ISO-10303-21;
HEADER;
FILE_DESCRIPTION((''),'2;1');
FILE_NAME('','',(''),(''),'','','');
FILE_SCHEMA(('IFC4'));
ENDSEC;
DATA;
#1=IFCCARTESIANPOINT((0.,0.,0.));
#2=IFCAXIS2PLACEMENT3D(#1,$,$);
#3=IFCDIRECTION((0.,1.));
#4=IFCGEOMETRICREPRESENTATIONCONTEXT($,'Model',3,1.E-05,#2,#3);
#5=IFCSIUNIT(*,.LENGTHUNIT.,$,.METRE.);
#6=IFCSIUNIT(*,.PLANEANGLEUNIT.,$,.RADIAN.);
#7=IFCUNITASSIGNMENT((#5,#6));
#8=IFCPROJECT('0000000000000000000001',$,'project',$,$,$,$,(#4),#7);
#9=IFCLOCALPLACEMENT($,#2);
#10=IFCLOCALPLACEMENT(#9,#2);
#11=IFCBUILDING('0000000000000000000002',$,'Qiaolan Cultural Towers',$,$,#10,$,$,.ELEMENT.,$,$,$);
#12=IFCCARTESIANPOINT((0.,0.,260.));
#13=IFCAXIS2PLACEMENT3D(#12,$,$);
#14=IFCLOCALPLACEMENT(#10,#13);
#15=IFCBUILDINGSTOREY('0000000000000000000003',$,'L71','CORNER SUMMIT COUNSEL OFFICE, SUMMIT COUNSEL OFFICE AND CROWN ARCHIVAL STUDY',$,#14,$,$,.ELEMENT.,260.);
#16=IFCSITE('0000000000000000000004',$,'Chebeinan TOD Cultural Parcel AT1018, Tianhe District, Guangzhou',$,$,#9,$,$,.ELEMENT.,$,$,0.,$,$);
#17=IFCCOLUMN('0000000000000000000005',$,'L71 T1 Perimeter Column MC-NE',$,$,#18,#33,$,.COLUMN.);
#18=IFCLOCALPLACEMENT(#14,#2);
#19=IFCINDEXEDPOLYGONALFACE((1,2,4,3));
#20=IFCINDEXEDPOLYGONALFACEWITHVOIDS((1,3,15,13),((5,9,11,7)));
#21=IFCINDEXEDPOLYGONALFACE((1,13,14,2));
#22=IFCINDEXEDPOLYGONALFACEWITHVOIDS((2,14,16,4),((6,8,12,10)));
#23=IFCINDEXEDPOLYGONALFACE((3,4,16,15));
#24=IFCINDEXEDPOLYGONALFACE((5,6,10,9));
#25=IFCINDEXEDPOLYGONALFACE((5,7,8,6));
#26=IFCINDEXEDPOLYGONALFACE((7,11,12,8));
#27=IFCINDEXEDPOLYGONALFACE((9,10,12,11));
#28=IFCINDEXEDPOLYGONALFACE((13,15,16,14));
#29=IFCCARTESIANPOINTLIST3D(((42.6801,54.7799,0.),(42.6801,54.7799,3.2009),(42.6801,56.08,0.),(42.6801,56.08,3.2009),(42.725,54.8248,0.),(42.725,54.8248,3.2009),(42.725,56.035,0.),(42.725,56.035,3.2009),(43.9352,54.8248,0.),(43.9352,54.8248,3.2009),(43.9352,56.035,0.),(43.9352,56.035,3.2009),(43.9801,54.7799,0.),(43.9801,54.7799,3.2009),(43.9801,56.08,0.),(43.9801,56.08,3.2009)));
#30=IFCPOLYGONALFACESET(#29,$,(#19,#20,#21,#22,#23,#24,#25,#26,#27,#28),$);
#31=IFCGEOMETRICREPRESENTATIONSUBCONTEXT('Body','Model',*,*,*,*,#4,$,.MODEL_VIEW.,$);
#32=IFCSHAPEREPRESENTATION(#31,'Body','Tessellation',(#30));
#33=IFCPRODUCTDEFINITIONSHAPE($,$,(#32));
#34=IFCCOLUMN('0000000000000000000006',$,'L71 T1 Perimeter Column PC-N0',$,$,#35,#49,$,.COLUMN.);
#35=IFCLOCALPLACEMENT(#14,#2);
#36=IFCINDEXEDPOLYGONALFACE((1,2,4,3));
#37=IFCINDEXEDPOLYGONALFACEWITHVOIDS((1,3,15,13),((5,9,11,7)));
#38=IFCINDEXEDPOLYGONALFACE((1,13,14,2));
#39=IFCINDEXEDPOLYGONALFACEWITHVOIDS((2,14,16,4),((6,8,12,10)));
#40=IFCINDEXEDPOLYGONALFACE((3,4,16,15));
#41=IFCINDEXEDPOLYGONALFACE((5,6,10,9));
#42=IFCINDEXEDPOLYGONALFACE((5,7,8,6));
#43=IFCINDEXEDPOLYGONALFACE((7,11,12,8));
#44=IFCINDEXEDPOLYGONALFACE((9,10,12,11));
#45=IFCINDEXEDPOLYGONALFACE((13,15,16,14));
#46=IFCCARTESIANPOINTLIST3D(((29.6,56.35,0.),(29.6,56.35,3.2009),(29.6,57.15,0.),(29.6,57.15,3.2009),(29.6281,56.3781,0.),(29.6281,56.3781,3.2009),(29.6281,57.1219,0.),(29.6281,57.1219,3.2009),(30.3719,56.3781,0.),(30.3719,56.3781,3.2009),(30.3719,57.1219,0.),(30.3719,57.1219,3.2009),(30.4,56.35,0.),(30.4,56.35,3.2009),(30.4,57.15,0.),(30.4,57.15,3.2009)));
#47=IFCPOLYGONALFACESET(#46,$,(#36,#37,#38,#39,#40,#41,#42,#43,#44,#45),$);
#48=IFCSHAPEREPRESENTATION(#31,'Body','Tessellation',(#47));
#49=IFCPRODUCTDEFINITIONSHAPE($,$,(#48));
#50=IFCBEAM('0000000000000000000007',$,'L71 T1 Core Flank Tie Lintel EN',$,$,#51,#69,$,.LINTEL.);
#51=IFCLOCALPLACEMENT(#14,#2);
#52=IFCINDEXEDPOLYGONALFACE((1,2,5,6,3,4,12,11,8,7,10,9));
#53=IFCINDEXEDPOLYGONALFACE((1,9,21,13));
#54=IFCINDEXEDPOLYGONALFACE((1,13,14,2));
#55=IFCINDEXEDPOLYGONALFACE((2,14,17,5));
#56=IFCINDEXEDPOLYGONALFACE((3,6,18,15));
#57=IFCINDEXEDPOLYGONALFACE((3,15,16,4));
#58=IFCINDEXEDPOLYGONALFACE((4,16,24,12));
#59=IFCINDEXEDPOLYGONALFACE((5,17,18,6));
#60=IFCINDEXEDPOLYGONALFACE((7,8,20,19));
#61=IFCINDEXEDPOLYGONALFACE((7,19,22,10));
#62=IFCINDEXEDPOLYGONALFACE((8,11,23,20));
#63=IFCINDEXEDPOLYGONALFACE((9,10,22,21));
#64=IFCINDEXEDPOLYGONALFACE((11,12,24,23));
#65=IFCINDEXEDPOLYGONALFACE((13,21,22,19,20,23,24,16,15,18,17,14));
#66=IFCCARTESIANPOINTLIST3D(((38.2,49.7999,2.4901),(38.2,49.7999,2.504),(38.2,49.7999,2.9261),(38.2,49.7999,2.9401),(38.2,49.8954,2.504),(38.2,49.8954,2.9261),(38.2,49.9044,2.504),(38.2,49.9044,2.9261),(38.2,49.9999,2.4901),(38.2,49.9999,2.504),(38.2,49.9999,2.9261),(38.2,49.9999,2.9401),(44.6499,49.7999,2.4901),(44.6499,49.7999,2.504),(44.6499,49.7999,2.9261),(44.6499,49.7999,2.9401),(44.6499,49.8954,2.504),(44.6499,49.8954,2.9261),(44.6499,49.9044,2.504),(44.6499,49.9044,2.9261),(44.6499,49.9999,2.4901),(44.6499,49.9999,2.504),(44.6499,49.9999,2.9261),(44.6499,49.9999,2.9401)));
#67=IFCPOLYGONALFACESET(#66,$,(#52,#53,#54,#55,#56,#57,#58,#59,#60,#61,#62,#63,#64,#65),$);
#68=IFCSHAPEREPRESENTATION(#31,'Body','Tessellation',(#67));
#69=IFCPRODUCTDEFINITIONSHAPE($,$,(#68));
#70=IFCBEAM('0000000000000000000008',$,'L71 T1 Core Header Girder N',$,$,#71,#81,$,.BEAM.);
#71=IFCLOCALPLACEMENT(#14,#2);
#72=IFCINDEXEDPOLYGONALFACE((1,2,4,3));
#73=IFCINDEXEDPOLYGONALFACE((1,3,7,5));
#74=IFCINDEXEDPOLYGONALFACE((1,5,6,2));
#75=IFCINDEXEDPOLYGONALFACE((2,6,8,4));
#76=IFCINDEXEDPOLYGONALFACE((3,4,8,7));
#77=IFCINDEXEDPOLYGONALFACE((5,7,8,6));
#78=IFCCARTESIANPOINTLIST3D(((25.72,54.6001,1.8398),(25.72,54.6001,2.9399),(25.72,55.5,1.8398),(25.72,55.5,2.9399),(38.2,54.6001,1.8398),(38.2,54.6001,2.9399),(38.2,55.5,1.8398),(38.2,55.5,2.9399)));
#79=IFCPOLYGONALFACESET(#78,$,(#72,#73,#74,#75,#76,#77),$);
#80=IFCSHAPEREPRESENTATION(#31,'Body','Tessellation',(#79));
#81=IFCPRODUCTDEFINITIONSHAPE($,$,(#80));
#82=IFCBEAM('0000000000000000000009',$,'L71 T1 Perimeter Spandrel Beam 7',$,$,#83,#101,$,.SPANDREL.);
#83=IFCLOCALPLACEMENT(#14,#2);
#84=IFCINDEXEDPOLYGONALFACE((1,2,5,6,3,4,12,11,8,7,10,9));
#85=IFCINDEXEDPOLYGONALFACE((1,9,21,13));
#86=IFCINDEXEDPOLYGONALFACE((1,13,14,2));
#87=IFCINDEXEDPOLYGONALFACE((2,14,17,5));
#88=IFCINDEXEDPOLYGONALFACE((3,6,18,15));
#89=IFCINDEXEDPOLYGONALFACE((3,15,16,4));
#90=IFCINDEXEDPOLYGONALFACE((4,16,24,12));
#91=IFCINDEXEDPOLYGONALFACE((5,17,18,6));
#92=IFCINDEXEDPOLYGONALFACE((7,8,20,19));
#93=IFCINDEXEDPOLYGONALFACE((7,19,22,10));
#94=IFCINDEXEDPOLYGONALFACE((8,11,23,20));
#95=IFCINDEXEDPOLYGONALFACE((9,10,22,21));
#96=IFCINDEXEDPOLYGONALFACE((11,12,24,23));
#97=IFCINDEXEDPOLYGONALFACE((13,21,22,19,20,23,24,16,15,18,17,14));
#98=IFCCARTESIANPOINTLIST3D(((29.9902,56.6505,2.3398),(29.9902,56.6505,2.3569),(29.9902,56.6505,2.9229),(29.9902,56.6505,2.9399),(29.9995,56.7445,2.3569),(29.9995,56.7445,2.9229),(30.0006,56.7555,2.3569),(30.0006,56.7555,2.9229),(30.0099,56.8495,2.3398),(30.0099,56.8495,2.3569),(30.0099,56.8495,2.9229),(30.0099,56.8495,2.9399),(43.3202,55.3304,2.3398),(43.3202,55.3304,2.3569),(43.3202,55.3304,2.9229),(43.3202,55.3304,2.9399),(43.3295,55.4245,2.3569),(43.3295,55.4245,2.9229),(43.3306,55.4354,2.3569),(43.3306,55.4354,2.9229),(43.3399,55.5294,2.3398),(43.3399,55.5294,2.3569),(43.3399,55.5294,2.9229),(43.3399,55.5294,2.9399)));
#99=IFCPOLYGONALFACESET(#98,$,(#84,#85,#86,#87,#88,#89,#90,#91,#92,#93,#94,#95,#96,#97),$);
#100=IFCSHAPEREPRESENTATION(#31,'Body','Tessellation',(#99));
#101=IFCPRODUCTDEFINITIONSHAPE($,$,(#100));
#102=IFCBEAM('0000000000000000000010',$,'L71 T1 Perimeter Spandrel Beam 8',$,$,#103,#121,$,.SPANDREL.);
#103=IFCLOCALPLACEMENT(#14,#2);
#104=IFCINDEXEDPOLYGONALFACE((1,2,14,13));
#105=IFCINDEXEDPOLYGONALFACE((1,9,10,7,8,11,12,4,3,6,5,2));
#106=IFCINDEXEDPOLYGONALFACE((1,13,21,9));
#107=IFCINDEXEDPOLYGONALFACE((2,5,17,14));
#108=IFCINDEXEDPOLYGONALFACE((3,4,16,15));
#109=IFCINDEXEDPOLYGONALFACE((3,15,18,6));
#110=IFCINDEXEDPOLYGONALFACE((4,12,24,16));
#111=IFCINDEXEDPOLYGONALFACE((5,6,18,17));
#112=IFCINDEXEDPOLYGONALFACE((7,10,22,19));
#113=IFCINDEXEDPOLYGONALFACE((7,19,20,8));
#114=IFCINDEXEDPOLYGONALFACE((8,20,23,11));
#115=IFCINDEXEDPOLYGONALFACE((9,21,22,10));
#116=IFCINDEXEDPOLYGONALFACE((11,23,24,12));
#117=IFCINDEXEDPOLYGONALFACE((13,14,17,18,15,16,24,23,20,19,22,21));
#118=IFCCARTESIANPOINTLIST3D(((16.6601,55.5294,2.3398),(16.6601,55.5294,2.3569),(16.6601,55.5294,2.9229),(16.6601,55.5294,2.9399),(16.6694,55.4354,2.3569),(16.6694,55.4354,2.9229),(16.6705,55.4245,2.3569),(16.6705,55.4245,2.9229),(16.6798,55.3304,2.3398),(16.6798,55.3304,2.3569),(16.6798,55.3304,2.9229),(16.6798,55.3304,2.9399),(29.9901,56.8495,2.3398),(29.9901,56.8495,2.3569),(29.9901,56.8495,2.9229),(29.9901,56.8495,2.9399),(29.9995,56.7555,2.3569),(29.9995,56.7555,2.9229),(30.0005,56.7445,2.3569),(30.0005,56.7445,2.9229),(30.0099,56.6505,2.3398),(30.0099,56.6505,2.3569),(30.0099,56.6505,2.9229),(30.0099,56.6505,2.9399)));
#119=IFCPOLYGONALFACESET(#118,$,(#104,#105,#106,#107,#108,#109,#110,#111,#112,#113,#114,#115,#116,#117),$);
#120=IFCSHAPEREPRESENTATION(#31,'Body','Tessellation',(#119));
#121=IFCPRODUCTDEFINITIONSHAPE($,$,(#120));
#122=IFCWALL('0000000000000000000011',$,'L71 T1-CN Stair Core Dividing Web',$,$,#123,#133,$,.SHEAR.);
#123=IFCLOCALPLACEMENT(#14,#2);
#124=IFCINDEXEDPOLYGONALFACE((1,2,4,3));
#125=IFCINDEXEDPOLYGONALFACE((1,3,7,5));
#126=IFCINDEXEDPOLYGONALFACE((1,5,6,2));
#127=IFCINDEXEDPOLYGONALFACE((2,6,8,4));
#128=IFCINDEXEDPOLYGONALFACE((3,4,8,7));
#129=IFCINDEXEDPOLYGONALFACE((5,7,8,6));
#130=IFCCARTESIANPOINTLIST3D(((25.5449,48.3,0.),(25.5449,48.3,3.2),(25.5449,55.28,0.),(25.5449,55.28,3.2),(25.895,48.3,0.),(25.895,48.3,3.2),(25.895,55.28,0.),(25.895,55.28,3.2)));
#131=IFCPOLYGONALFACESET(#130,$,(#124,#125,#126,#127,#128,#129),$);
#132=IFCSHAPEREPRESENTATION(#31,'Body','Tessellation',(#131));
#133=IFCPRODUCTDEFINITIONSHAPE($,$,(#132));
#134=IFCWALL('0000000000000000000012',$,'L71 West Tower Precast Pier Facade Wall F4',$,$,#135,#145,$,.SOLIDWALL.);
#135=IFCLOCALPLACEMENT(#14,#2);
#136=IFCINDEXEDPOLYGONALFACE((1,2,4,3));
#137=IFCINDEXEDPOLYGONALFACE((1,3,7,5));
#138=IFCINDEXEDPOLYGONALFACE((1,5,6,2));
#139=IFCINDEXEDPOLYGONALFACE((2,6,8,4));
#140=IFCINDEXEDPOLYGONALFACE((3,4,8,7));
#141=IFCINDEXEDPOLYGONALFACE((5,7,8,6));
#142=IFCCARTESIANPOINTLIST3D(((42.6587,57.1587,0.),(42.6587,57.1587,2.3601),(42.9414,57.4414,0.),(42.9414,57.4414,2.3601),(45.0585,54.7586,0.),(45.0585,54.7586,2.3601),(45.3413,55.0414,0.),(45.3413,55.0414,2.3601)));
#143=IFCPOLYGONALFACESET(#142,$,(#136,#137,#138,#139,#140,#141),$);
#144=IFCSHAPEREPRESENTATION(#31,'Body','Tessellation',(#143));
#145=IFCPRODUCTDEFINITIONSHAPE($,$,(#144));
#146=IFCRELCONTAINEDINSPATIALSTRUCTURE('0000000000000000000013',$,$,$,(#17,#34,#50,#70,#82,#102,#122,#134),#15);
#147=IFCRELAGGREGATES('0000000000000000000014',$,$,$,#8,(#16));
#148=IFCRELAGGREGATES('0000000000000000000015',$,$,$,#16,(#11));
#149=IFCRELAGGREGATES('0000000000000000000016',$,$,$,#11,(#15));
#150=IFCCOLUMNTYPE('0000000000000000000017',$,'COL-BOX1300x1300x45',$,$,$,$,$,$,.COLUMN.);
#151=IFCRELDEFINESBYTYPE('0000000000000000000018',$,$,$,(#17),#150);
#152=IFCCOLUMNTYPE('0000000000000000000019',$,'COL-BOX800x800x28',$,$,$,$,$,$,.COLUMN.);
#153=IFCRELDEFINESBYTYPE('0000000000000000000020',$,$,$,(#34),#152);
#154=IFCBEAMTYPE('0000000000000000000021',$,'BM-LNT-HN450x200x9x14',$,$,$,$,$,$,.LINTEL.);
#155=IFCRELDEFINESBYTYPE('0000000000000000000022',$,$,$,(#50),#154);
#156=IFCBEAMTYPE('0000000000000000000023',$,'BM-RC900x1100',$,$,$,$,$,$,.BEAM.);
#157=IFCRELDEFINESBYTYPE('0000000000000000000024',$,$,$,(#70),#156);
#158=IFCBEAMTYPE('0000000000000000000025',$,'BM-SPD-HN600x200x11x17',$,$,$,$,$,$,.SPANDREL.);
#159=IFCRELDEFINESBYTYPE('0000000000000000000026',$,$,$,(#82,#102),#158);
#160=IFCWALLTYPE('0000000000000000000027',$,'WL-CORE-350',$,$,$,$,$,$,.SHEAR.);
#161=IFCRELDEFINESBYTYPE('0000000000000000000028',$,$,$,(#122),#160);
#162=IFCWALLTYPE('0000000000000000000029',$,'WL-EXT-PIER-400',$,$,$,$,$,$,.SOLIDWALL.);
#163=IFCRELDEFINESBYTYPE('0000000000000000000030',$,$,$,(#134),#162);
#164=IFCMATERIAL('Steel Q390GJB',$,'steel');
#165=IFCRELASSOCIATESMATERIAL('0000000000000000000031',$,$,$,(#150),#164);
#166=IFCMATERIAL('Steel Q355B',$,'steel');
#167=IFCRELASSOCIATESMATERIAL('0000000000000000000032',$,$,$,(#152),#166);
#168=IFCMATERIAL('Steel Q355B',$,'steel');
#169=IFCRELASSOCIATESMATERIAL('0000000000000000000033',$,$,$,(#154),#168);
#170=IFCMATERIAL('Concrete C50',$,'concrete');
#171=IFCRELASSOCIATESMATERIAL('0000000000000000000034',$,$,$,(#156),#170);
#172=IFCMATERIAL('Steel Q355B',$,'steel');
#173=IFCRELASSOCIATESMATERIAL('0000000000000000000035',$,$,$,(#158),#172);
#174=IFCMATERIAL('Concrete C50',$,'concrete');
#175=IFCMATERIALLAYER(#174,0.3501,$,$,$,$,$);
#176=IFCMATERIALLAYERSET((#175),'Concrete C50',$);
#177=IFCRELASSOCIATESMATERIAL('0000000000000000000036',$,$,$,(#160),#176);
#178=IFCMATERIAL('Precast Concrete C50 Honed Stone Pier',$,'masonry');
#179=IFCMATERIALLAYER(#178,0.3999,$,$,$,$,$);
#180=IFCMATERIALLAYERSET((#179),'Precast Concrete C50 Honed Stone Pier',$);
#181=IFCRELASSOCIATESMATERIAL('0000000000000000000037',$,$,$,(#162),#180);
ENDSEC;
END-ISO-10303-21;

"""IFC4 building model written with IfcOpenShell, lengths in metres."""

from ifc_helpers import new_model, si_unit, direction, frame, frame_2d, origin, origin_2d, place, context, subcontext, project, spatial, rectangle, hollow_rectangle, i_section, extrude, material, layer, layer_set, material_profile, profile_set, type_object, element, save


model = new_model("IFC4")

# Units and contexts
model_context = context("Model", 3, precision=1e-05, world=origin(), true_north=direction((0.0, 1.0)))
body_context = subcontext(model_context, "Body", "Model", "MODEL_VIEW")
ifc_project = project(units=[si_unit("LENGTHUNIT", "METRE"), si_unit("PLANEANGLEUNIT", "RADIAN")], contexts=[model_context])

# Site, building, storey
site_placement = place(None, origin())
site = spatial("IfcSite", under=ifc_project, at=site_placement, Name="Chebeinan TOD Cultural Parcel AT1018, Tianhe District, Guangzhou", CompositionType="ELEMENT", RefElevation=0.0)
building_placement = place(site_placement, origin())
building = spatial("IfcBuilding", under=site, at=building_placement, Name="Qiaolan Cultural Towers", CompositionType="ELEMENT")
storey_placement = place(building_placement, frame((0.0, 0.0, 260.0)))
storey = spatial("IfcBuildingStorey", under=building, at=storey_placement, Name="L71", Description="CORNER SUMMIT COUNSEL OFFICE, SUMMIT COUNSEL OFFICE AND CROWN ARCHIVAL STUDY", CompositionType="ELEMENT", Elevation=260.0)

# Columns
ifc_material_1 = material(Name="Steel Q390GJB", Category="steel")
ifc_material_profile_1 = material_profile(ifc_material_1, hollow_rectangle(XDim=1.3, YDim=1.3, WallThickness=0.0449, at=origin_2d()), Name="BOX1300x1300x45")
ifc_profile_set_1 = profile_set([ifc_material_profile_1], Name="Steel Q390GJB")
column_type_1 = type_object("IfcColumnType", Name="COL-BOX1300x1300x45", PredefinedType="COLUMN", material=ifc_profile_set_1)
column_1_placement = place(storey_placement, frame((43.3301, 55.4299, 0.0), z_axis=(0.0, 0.0, 1.0), x_axis=(1.0, 0.0, 0.0)))
element("IfcColumn", 1, at=column_1_placement, inside=storey, type_object=column_type_1, Name="L71 T1 Perimeter Column MC-NE", PredefinedType="COLUMN", context=body_context, shape_type="SweptSolid", body=[
    extrude(hollow_rectangle(XDim=1.3, YDim=1.3, WallThickness=0.0449, at=origin_2d()), origin(), (0.0, 0.0, 1.0), 3.2009),
])
ifc_material_2 = material(Name="Steel Q355B", Category="steel")
ifc_material_profile_2 = material_profile(ifc_material_2, hollow_rectangle(XDim=0.8, YDim=0.8, WallThickness=0.0281, at=origin_2d()), Name="BOX800x800x28")
ifc_profile_set_2 = profile_set([ifc_material_profile_2], Name="Steel Q355B")
column_type_2 = type_object("IfcColumnType", Name="COL-BOX800x800x28", PredefinedType="COLUMN", material=ifc_profile_set_2)
column_2_placement = place(storey_placement, frame((30.0, 56.75, 0.0), z_axis=(0.0, 0.0, 1.0), x_axis=(1.0, 0.0, 0.0)))
element("IfcColumn", 2, at=column_2_placement, inside=storey, type_object=column_type_2, Name="L71 T1 Perimeter Column PC-N0", PredefinedType="COLUMN", context=body_context, shape_type="SweptSolid", body=[
    extrude(hollow_rectangle(XDim=0.8, YDim=0.8, WallThickness=0.0281, at=origin_2d()), origin(), (0.0, 0.0, 1.0), 3.2009),
])

# Beams
ifc_material_3 = material(Name="Steel Q355B", Category="steel")
ifc_material_profile_3 = material_profile(ifc_material_3, i_section(OverallWidth=0.2, OverallDepth=0.45, WebThickness=0.009, FlangeThickness=0.0139, at=origin_2d()), Name="HN450x200x9x14")
ifc_profile_set_3 = profile_set([ifc_material_profile_3], Name="Steel Q355B")
beam_type_1 = type_object("IfcBeamType", Name="BM-LNT-HN450x200x9x14", PredefinedType="LINTEL", material=ifc_profile_set_3)
beam_1_placement = place(storey_placement, frame((38.2, 49.8999, 2.7151), z_axis=(1.0, 0.0, 0.0), x_axis=(0.0, 1.0, 0.0)))
element("IfcBeam", 3, at=beam_1_placement, inside=storey, type_object=beam_type_1, Name="L71 T1 Core Flank Tie Lintel EN", PredefinedType="LINTEL", context=body_context, shape_type="SweptSolid", body=[
    extrude(i_section(OverallWidth=0.2, OverallDepth=0.45, WebThickness=0.009, FlangeThickness=0.0139, at=origin_2d()), origin(), (0.0, 0.0, 1.0), 6.45),
])
ifc_material_4 = material(Name="Concrete C50", Category="concrete")
ifc_material_profile_4 = material_profile(ifc_material_4, rectangle(XDim=0.8999, YDim=1.1001, at=origin_2d()), Name="RC900x1100")
ifc_profile_set_4 = profile_set([ifc_material_profile_4], Name="Concrete C50")
beam_type_2 = type_object("IfcBeamType", Name="BM-RC900x1100", PredefinedType="BEAM", material=ifc_profile_set_4)
beam_2_placement = place(storey_placement, frame((25.72, 55.05, 2.3899), z_axis=(1.0, 0.0, 0.0), x_axis=(0.0, 1.0, 0.0)))
element("IfcBeam", 4, at=beam_2_placement, inside=storey, type_object=beam_type_2, Name="L71 T1 Core Header Girder N", PredefinedType="BEAM", context=body_context, shape_type="SweptSolid", body=[
    extrude(rectangle(XDim=0.8999, YDim=1.1001, at=origin_2d()), origin(), (0.0, 0.0, 1.0), 12.48),
])
ifc_material_5 = material(Name="Steel Q355B", Category="steel")
ifc_material_profile_5 = material_profile(ifc_material_5, i_section(OverallWidth=0.2, OverallDepth=0.6001, WebThickness=0.011, FlangeThickness=0.0171, at=origin_2d()), Name="HN600x200x11x17")
ifc_profile_set_5 = profile_set([ifc_material_profile_5], Name="Steel Q355B")
beam_type_3 = type_object("IfcBeamType", Name="BM-SPD-HN600x200x11x17", PredefinedType="SPANDREL", material=ifc_profile_set_5)
for number, where, z_axis, x_axis, name in (
    (5, (43.3301, 55.4299, 2.6399), (-0.995132, 0.098547, 0.0), (-0.098547, -0.995132, 0.0), "L71 T1 Perimeter Spandrel Beam 7"),
    (6, (30.0, 56.75, 2.6399), (-0.995132, -0.098547, 0.0), (0.098547, -0.995132, 0.0), "L71 T1 Perimeter Spandrel Beam 8"),
):
    element("IfcBeam", number, at=place(storey_placement, frame(where, z_axis=z_axis, x_axis=x_axis)), inside=storey, type_object=beam_type_3, Name=name, PredefinedType="SPANDREL", context=body_context, shape_type="SweptSolid", body=[
        extrude(i_section(OverallWidth=0.2, OverallDepth=0.6001, WebThickness=0.011, FlangeThickness=0.0171, at=origin_2d()), origin(), (0.0, 0.0, 1.0), 13.3953),
    ])

# Walls
ifc_material_6 = material(Name="Concrete C50", Category="concrete")
ifc_layer_1 = layer(ifc_material_6, 0.3501)
ifc_layer_set_1 = layer_set([ifc_layer_1], Name="Concrete C50")
wall_type_1 = type_object("IfcWallType", Name="WL-CORE-350", PredefinedType="SHEAR", material=ifc_layer_set_1)
wall_1_placement = place(storey_placement, frame((25.72, 48.3, 0.0), z_axis=(0.0, 0.0, 1.0), x_axis=(0.0, 1.0, 0.0)))
element("IfcWall", 7, at=wall_1_placement, inside=storey, type_object=wall_type_1, Name="L71 T1-CN Stair Core Dividing Web", PredefinedType="SHEAR", context=body_context, shape_type="SweptSolid", body=[
    extrude(rectangle(XDim=6.98, YDim=0.3501, at=frame_2d((3.49, 0.0))), origin(), (0.0, 0.0, 1.0), 3.2),
])
ifc_material_7 = material(Name="Precast Concrete C50 Honed Stone Pier", Category="masonry")
ifc_layer_2 = layer(ifc_material_7, 0.3999)
ifc_layer_set_2 = layer_set([ifc_layer_2], Name="Precast Concrete C50 Honed Stone Pier")
wall_type_2 = type_object("IfcWallType", Name="WL-EXT-PIER-400", PredefinedType="SOLIDWALL", material=ifc_layer_set_2)
wall_2_placement = place(storey_placement, frame((42.8, 57.3, 0.0), z_axis=(0.0, 0.0, 1.0), x_axis=(0.707071, -0.707143, 0.0)))
element("IfcWall", 8, at=wall_2_placement, inside=storey, type_object=wall_type_2, Name="L71 West Tower Precast Pier Facade Wall F4", PredefinedType="SOLIDWALL", context=body_context, shape_type="SweptSolid", body=[
    extrude(rectangle(XDim=3.394, YDim=0.3999, at=frame_2d((1.697, 0.0))), origin(), (0.0, 0.0, 1.0), 2.3601),
])

save(model, "model.ifc")
